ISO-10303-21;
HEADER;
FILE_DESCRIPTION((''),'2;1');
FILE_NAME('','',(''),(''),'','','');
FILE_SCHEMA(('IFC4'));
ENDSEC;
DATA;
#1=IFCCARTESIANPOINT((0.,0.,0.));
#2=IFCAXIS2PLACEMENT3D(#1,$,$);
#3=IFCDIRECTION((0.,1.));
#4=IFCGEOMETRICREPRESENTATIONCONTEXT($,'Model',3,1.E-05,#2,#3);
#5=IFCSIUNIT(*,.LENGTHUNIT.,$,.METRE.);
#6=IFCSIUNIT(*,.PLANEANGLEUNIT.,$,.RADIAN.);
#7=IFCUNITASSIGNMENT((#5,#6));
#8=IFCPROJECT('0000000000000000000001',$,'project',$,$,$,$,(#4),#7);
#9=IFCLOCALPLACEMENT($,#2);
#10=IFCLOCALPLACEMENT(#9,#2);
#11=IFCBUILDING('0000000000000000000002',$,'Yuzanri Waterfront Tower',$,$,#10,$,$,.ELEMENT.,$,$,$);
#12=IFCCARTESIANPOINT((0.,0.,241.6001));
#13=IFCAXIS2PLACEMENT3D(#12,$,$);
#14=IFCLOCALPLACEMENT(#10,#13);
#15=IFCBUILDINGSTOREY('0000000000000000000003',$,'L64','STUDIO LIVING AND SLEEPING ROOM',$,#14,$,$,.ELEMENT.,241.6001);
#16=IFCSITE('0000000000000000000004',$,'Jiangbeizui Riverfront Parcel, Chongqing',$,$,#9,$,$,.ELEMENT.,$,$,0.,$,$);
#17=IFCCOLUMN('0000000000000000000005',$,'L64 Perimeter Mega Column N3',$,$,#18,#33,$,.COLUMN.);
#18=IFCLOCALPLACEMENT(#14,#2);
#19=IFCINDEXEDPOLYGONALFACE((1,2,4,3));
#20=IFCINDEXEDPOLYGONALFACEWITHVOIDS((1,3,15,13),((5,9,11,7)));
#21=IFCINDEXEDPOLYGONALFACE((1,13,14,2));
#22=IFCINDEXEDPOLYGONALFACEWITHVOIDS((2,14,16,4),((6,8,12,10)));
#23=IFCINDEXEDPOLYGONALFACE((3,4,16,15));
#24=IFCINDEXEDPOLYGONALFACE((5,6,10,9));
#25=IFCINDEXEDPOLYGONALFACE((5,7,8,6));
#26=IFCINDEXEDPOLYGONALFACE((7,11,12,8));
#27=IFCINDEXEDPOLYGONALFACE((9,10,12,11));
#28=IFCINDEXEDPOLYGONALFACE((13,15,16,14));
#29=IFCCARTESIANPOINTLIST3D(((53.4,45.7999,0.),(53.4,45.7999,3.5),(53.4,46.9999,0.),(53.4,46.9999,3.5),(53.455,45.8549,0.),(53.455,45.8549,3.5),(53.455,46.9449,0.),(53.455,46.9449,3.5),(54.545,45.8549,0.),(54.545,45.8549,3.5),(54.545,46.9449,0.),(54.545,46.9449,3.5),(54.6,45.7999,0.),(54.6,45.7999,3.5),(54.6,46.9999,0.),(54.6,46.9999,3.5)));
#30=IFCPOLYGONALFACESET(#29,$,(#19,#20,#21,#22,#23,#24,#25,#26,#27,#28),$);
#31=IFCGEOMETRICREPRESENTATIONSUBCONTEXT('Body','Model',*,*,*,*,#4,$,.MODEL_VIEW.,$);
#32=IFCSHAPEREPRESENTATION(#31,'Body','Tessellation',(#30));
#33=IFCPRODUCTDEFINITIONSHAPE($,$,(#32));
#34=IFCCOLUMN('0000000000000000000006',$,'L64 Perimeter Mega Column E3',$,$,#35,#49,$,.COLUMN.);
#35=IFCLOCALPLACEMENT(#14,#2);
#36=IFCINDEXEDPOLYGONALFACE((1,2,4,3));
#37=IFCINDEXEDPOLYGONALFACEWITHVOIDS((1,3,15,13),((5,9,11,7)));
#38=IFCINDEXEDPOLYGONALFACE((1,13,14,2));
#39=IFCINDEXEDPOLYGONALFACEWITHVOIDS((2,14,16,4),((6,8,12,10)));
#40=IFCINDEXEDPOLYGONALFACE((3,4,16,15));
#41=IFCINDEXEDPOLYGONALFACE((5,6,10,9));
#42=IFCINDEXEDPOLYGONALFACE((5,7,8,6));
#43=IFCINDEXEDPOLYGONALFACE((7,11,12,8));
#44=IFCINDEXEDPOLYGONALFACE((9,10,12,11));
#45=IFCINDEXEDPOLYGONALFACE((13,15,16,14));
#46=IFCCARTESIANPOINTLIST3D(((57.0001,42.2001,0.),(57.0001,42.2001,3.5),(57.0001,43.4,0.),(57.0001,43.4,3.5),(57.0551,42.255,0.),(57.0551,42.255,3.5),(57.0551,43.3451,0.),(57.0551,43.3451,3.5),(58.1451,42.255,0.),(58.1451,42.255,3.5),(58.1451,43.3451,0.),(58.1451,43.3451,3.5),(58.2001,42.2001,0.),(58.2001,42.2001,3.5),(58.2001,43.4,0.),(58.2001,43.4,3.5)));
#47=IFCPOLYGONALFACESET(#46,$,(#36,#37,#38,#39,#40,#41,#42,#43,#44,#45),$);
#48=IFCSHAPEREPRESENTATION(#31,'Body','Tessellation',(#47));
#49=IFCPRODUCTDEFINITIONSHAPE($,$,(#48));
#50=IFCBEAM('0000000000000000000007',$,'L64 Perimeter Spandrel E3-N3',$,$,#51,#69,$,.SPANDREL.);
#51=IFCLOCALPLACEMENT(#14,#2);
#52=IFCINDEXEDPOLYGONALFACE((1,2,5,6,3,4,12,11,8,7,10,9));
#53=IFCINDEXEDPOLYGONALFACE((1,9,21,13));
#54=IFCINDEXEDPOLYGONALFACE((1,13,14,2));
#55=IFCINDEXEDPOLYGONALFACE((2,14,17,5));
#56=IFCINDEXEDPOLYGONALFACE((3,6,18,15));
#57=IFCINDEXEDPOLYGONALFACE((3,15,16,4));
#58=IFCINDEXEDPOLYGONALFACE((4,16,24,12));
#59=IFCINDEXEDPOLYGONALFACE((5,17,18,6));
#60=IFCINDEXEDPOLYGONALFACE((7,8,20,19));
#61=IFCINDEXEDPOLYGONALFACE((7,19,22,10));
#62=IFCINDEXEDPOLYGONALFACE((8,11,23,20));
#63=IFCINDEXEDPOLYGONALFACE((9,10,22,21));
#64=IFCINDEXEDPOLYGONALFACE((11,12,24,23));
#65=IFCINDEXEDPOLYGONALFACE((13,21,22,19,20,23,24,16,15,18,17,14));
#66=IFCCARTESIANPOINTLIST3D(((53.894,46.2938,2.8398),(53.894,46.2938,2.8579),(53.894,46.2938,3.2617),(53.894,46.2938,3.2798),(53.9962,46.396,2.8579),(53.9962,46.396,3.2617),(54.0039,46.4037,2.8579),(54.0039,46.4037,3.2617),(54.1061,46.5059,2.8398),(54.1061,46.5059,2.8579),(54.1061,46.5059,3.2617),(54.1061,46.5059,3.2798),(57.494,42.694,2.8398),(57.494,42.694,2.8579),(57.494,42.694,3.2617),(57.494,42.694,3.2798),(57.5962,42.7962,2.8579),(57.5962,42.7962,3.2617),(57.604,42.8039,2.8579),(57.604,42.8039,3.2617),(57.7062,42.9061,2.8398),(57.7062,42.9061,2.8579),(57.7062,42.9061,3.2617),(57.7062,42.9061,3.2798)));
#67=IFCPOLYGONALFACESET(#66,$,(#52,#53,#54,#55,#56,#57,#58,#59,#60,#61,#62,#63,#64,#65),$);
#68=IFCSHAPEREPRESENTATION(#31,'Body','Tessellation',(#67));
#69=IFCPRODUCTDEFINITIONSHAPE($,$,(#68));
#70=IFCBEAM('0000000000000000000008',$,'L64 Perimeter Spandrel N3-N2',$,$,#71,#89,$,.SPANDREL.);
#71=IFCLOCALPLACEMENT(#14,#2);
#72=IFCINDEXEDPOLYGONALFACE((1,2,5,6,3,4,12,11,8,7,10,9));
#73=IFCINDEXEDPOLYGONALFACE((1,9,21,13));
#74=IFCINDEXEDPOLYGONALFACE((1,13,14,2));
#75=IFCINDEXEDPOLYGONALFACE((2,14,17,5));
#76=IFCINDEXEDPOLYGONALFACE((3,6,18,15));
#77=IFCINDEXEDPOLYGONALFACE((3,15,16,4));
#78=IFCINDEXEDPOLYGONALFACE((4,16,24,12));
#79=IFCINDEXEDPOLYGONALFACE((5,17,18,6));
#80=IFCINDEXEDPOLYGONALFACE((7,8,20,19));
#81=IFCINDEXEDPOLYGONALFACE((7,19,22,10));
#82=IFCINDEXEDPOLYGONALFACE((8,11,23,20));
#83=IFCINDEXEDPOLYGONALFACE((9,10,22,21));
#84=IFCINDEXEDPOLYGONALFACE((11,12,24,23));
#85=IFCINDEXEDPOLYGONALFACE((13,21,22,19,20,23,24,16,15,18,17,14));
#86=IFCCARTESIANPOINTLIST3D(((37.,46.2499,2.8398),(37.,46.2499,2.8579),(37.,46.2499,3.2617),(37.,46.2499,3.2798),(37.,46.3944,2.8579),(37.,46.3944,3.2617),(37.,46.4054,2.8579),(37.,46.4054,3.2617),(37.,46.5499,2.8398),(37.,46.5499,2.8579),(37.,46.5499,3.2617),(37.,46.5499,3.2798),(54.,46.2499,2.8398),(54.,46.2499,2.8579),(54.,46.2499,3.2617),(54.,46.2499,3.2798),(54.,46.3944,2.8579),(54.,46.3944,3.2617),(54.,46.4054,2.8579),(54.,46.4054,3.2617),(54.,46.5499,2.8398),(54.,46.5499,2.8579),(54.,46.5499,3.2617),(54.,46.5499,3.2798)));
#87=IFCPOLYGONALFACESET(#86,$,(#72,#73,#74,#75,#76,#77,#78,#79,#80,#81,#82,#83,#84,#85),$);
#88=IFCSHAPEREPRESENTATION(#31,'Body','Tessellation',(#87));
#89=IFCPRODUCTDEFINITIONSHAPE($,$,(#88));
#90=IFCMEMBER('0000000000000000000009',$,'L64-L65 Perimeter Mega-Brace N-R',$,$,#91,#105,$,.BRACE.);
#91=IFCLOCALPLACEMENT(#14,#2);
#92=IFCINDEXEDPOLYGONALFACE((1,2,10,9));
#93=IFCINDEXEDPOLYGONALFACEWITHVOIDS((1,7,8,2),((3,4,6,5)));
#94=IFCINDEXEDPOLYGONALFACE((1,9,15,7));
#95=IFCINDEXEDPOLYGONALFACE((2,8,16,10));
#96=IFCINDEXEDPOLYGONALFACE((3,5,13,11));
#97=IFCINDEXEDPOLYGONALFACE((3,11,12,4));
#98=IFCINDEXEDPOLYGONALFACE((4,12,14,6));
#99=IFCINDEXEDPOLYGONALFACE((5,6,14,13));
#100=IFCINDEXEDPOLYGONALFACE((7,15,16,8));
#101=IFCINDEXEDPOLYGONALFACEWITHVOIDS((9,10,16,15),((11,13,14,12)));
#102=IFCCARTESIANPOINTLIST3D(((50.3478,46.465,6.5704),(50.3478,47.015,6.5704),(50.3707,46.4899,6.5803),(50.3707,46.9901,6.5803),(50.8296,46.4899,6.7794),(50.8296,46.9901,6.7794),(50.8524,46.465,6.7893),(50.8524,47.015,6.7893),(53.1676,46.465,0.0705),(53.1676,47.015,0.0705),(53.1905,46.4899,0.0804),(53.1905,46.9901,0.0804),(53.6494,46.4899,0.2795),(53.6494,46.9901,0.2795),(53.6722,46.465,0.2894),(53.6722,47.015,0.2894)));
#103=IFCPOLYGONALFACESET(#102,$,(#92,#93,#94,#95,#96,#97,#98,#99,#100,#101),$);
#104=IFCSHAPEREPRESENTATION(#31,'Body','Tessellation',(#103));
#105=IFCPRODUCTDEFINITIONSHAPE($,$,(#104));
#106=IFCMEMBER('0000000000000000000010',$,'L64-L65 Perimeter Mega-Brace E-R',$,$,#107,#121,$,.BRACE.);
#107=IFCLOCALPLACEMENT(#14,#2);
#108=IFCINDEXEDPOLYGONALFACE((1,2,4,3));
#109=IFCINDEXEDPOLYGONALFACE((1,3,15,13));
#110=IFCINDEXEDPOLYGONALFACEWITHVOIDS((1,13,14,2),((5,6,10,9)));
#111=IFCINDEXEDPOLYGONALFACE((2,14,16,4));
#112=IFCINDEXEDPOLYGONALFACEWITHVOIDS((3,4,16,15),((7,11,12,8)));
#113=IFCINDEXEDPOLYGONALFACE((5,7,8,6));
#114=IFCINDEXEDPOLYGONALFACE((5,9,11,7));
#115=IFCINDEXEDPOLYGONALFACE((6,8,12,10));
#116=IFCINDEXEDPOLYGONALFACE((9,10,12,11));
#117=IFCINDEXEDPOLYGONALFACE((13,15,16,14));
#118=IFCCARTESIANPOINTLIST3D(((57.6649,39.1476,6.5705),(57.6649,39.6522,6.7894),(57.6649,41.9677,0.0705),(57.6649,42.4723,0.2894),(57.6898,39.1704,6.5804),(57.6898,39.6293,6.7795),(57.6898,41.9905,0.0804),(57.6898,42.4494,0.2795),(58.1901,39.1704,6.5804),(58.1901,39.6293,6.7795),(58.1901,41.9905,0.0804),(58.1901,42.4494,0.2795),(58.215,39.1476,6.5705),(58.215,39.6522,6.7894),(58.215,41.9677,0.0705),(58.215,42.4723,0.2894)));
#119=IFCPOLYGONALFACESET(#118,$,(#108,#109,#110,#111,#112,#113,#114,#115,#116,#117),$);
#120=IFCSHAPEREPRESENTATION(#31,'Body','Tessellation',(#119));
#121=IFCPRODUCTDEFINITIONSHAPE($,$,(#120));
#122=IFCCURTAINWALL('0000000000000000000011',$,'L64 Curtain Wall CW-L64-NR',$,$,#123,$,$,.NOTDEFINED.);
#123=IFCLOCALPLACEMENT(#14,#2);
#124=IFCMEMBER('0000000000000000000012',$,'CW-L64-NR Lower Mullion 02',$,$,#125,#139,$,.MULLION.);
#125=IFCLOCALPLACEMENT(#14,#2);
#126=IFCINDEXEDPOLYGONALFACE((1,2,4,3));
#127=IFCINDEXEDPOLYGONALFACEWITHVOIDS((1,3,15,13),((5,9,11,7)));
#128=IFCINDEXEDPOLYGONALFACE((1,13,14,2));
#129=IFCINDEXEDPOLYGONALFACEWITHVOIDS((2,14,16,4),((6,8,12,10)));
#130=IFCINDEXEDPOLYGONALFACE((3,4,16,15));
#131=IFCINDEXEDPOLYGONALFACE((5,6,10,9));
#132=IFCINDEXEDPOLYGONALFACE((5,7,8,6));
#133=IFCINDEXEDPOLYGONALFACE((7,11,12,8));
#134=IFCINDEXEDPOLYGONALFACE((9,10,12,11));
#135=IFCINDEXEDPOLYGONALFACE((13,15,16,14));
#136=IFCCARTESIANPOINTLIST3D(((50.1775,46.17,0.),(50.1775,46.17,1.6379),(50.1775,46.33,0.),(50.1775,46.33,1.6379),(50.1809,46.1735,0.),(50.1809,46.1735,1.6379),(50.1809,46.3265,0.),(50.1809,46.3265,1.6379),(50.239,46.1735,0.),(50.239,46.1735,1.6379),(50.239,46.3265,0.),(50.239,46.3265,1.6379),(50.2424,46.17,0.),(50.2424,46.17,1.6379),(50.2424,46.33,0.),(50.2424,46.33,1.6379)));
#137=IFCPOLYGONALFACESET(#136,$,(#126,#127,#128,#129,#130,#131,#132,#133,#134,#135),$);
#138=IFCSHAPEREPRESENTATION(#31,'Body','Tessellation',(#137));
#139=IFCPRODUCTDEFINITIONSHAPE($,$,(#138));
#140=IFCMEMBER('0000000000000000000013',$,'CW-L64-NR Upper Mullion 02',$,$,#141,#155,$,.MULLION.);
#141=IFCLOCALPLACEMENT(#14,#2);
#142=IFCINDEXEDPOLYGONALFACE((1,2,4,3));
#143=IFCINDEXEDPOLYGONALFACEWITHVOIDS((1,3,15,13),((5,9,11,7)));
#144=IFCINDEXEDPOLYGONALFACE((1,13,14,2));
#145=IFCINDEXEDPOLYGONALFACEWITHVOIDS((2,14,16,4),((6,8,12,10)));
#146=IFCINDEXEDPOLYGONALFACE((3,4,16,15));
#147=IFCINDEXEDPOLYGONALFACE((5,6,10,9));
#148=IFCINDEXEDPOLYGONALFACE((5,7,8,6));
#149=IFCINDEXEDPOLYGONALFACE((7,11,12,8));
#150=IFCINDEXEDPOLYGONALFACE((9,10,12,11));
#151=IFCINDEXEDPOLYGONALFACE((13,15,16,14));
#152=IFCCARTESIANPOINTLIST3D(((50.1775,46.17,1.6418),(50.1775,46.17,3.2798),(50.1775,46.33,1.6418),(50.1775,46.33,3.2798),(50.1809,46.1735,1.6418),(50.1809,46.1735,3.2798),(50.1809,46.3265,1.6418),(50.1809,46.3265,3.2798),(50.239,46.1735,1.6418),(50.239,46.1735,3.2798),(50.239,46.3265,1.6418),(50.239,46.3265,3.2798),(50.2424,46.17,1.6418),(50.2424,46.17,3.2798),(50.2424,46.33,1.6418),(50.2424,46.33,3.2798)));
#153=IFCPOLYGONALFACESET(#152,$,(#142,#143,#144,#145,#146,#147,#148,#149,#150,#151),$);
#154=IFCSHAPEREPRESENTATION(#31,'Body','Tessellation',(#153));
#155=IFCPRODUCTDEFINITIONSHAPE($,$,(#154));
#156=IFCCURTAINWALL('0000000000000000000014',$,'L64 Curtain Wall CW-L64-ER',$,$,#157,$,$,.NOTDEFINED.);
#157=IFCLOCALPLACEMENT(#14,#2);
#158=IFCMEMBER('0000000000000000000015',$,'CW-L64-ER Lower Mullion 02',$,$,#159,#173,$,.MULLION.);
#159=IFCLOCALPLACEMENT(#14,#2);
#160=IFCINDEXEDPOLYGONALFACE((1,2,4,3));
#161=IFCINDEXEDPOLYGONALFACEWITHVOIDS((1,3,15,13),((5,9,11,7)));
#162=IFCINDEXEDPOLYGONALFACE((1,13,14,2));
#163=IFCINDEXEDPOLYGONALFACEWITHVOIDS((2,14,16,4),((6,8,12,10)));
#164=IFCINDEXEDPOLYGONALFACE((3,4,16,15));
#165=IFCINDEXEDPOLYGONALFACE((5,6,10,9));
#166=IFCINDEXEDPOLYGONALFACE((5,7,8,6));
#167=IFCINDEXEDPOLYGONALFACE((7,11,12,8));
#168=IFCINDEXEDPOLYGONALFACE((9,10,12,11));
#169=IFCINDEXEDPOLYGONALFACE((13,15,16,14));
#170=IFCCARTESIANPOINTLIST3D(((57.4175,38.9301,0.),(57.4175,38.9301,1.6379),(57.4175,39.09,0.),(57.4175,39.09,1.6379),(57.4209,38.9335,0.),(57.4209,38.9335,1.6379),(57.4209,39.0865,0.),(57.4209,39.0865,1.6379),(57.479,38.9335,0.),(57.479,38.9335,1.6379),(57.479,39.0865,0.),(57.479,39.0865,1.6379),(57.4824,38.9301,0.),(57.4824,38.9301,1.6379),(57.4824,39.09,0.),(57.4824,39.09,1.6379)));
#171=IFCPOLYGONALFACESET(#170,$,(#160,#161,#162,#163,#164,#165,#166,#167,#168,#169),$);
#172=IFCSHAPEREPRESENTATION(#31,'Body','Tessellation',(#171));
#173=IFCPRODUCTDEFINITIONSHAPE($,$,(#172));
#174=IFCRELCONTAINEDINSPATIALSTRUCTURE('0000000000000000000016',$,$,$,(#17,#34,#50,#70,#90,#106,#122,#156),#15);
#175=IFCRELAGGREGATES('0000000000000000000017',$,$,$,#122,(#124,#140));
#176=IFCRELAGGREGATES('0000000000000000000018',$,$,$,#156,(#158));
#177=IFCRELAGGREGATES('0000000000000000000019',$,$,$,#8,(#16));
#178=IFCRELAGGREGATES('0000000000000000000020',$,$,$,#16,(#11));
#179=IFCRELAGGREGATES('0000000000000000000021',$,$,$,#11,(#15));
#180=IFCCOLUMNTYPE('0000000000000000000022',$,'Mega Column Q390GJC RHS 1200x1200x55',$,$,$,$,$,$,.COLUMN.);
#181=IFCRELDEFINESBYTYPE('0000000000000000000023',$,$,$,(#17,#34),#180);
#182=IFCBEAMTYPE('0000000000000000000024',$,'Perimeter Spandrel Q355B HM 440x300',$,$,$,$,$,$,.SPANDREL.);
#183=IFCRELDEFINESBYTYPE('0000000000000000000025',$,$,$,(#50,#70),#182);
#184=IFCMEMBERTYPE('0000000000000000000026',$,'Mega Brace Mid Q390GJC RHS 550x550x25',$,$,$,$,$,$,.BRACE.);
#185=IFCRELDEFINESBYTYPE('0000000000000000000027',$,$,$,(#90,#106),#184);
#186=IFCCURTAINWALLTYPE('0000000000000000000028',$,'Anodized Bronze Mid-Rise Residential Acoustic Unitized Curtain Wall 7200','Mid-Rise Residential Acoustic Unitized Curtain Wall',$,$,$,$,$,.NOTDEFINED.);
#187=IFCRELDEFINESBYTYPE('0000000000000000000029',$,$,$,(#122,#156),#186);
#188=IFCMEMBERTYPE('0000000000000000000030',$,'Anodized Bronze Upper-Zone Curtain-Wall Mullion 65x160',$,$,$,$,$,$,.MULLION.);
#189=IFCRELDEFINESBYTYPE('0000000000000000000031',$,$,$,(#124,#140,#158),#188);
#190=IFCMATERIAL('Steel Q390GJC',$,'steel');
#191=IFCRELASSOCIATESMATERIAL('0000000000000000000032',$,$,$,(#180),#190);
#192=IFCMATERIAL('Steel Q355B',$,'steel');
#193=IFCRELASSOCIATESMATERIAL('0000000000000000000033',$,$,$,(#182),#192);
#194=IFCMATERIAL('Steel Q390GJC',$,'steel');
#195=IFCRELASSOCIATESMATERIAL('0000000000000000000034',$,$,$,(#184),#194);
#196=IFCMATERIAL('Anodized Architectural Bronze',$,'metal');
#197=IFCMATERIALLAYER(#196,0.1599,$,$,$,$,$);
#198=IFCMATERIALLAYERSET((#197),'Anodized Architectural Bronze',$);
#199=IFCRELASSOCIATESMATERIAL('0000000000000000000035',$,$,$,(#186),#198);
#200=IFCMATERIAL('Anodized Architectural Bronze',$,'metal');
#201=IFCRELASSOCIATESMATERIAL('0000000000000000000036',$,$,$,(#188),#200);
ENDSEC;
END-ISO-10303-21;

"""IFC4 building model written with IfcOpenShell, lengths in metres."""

from ifc_helpers import new_model, si_unit, direction, frame, origin, origin_2d, place, context, subcontext, project, spatial, hollow_rectangle, i_section, extrude, source, transform, mapped, material, layer, layer_set, material_profile, profile_set, type_object, element, aggregate, save


model = new_model("IFC4")

# Units and contexts
model_context = context("Model", 3, precision=1e-05, world=origin(), true_north=direction((0.0, 1.0)))
body_context = subcontext(model_context, "Body", "Model", "MODEL_VIEW")
ifc_project = project(units=[si_unit("LENGTHUNIT", "METRE"), si_unit("PLANEANGLEUNIT", "RADIAN")], contexts=[model_context])

# Site, building, storey
site_placement = place(None, origin())
site = spatial("IfcSite", under=ifc_project, at=site_placement, Name="Jiangbeizui Riverfront Parcel, Chongqing", CompositionType="ELEMENT", RefElevation=0.0)
building_placement = place(site_placement, origin())
building = spatial("IfcBuilding", under=site, at=building_placement, Name="Yuzanri Waterfront Tower", CompositionType="ELEMENT")
storey_placement = place(building_placement, frame((0.0, 0.0, 241.6001)))
storey = spatial("IfcBuildingStorey", under=building, at=storey_placement, Name="L64", Description="STUDIO LIVING AND SLEEPING ROOM", CompositionType="ELEMENT", Elevation=241.6001)

# Columns
ifc_material_1 = material(Name="Steel Q390GJC", Category="steel")
ifc_material_profile_1 = material_profile(ifc_material_1, hollow_rectangle(XDim=1.2, YDim=1.2, WallThickness=0.0549, at=origin_2d()), Name="RHS 1200x1200x55")
ifc_profile_set_1 = profile_set([ifc_material_profile_1], Name="Steel Q390GJC")
column_type = type_object("IfcColumnType", Name="Mega Column Q390GJC RHS 1200x1200x55", PredefinedType="COLUMN", material=ifc_profile_set_1)
shared_shape_1 = source(origin(), body_context, "Body", "SweptSolid", [
    extrude(hollow_rectangle(XDim=1.2, YDim=1.2, WallThickness=0.0549, at=origin_2d()), origin(), (0.0, 0.0, 1.0), 3.5),
])
for number, where, z_axis, x_axis, name in (
    (1, (54.0, 46.3999, 0.0), (0.0, 0.0, 1.0), (1.0, 0.0, 0.0), "L64 Perimeter Mega Column N3"),
    (2, (57.6001, 42.8, 0.0), (0.0, 0.0, 1.0), (1.0, 0.0, 0.0), "L64 Perimeter Mega Column E3"),
):
    element("IfcColumn", number, at=place(storey_placement, frame(where, z_axis=z_axis, x_axis=x_axis)), inside=storey, type_object=column_type, Name=name, PredefinedType="COLUMN", context=body_context, shape_type="MappedRepresentation", body=[
        mapped(shared_shape_1, transform((0.0, 0.0, 0.0), scale=1.0)),
    ])

# Beams
ifc_material_2 = material(Name="Steel Q355B", Category="steel")
ifc_material_profile_2 = material_profile(ifc_material_2, i_section(OverallWidth=0.3, OverallDepth=0.4399, WebThickness=0.011, FlangeThickness=0.0181, at=origin_2d()), Name="HM 440x300x11x18")
ifc_profile_set_2 = profile_set([ifc_material_profile_2], Name="Steel Q355B")
beam_type = type_object("IfcBeamType", Name="Perimeter Spandrel Q355B HM 440x300", PredefinedType="SPANDREL", material=ifc_profile_set_2)
shared_shape_2 = source(origin(), body_context, "Body", "SweptSolid", [
    extrude(i_section(OverallWidth=0.3, OverallDepth=0.4399, WebThickness=0.011, FlangeThickness=0.0181, at=origin_2d()), origin(), (0.0, 0.0, 1.0), 5.0911),
])
beam_1_placement = place(storey_placement, frame((57.6001, 42.8, 3.0598), z_axis=(-0.707131, 0.707083, 0.0), x_axis=(-0.707083, -0.707131, 0.0)))
element("IfcBeam", 3, at=beam_1_placement, inside=storey, type_object=beam_type, Name="L64 Perimeter Spandrel E3-N3", PredefinedType="SPANDREL", context=body_context, shape_type="MappedRepresentation", body=[
    mapped(shared_shape_2, transform((0.0, 0.0, 0.0), scale=1.0)),
])
shared_shape_3 = source(origin(), body_context, "Body", "SweptSolid", [
    extrude(i_section(OverallWidth=0.3, OverallDepth=0.4399, WebThickness=0.011, FlangeThickness=0.0181, at=origin_2d()), origin(), (0.0, 0.0, 1.0), 17.0),
])
beam_2_placement = place(storey_placement, frame((54.0, 46.3999, 3.0598), z_axis=(-1.0, 0.0, 0.0), x_axis=(0.0, -1.0, 0.0)))
element("IfcBeam", 4, at=beam_2_placement, inside=storey, type_object=beam_type, Name="L64 Perimeter Spandrel N3-N2", PredefinedType="SPANDREL", context=body_context, shape_type="MappedRepresentation", body=[
    mapped(shared_shape_3, transform((0.0, 0.0, 0.0), scale=1.0)),
])

# Members
ifc_material_3 = material(Name="Steel Q390GJC", Category="steel")
ifc_material_profile_3 = material_profile(ifc_material_3, hollow_rectangle(XDim=0.55, YDim=0.55, WallThickness=0.0249, at=origin_2d()), Name="RHS 550x550x25")
ifc_profile_set_3 = profile_set([ifc_material_profile_3], Name="Steel Q390GJC")
member_type_1 = type_object("IfcMemberType", Name="Mega Brace Mid Q390GJC RHS 550x550x25", PredefinedType="BRACE", material=ifc_profile_set_3)
shared_shape_4 = source(origin(), body_context, "Body", "SweptSolid", [
    extrude(hollow_rectangle(XDim=0.55, YDim=0.55, WallThickness=0.0249, at=origin_2d()), origin(), (0.0, 0.0, 1.0), 7.0852),
])
member_1_placement = place(storey_placement, frame((53.4199, 46.74, 0.1799), z_axis=(-0.397983, 0.0, 0.917393), x_axis=(0.0, -1.0, 0.0)))
element("IfcMember", 5, at=member_1_placement, inside=storey, type_object=member_type_1, Name="L64-L65 Perimeter Mega-Brace N-R", PredefinedType="BRACE", context=body_context, shape_type="MappedRepresentation", body=[
    mapped(shared_shape_4, transform((0.0, 0.0, 0.0), scale=1.0)),
])
shared_shape_5 = source(origin(), body_context, "Body", "SweptSolid", [
    extrude(hollow_rectangle(XDim=0.55, YDim=0.55, WallThickness=0.0249, at=origin_2d()), origin(), (0.0, 0.0, 1.0), 7.0854),
])
member_2_placement = place(storey_placement, frame((57.9399, 42.22, 0.1799), z_axis=(0.0, -0.398012, 0.91738), x_axis=(1.0, 0.0, 0.0)))
element("IfcMember", 6, at=member_2_placement, inside=storey, type_object=member_type_1, Name="L64-L65 Perimeter Mega-Brace E-R", PredefinedType="BRACE", context=body_context, shape_type="MappedRepresentation", body=[
    mapped(shared_shape_5, transform((0.0, 0.0, 0.0), scale=1.0)),
])

# Curtain walls, members
ifc_material_4 = material(Name="Anodized Architectural Bronze", Category="metal")
ifc_layer_1 = layer(ifc_material_4, 0.1599)
ifc_layer_set_1 = layer_set([ifc_layer_1], Name="Anodized Architectural Bronze")
curtain_wall_type = type_object("IfcCurtainWallType", Name="Anodized Bronze Mid-Rise Residential Acoustic Unitized Curtain Wall 7200", Description="Mid-Rise Residential Acoustic Unitized Curtain Wall", PredefinedType="NOTDEFINED", material=ifc_layer_set_1)
curtain_wall_1_placement = place(storey_placement, origin())
curtain_wall_1 = element("IfcCurtainWall", 7, at=curtain_wall_1_placement, inside=storey, type_object=curtain_wall_type, Name="L64 Curtain Wall CW-L64-NR", PredefinedType="NOTDEFINED")
ifc_material_5 = material(Name="Anodized Architectural Bronze", Category="metal")
ifc_material_profile_4 = material_profile(ifc_material_5, hollow_rectangle(XDim=0.0649, YDim=0.1599, WallThickness=0.0034, at=origin_2d()), Name="CWM 65x160")
ifc_profile_set_4 = profile_set([ifc_material_profile_4], Name="Anodized Architectural Bronze")
member_type_2 = type_object("IfcMemberType", Name="Anodized Bronze Upper-Zone Curtain-Wall Mullion 65x160", PredefinedType="MULLION", material=ifc_profile_set_4)
shared_shape_6 = source(origin(), body_context, "Body", "SweptSolid", [
    extrude(hollow_rectangle(XDim=0.0649, YDim=0.1599, WallThickness=0.0034, at=origin_2d()), origin(), (0.0, 0.0, 1.0), 1.6379),
])
member_3_placement = place(storey_placement, frame((50.21, 46.25, 0.0), z_axis=(0.0, 0.0, 1.0), x_axis=(1.0, 0.0, 0.0)))
member_3 = element("IfcMember", 8, at=member_3_placement, type_object=member_type_2, Name="CW-L64-NR Lower Mullion 02", PredefinedType="MULLION", context=body_context, shape_type="MappedRepresentation", body=[
    mapped(shared_shape_6, transform((0.0, 0.0, 0.0), scale=1.0)),
])
member_4_placement = place(storey_placement, frame((50.21, 46.25, 1.6418), z_axis=(0.0, 0.0, 1.0), x_axis=(1.0, 0.0, 0.0)))
member_4 = element("IfcMember", 9, at=member_4_placement, type_object=member_type_2, Name="CW-L64-NR Upper Mullion 02", PredefinedType="MULLION", context=body_context, shape_type="MappedRepresentation", body=[
    mapped(shared_shape_6, transform((0.0, 0.0, 0.0), scale=1.0)),
])
aggregate(curtain_wall_1, [member_3, member_4])
curtain_wall_2_placement = place(storey_placement, origin())
curtain_wall_2 = element("IfcCurtainWall", 10, at=curtain_wall_2_placement, inside=storey, type_object=curtain_wall_type, Name="L64 Curtain Wall CW-L64-ER", PredefinedType="NOTDEFINED")
member_5_placement = place(storey_placement, frame((57.45, 39.01, 0.0), z_axis=(0.0, 0.0, 1.0), x_axis=(1.0, 0.0, 0.0)))
member_5 = element("IfcMember", 11, at=member_5_placement, type_object=member_type_2, Name="CW-L64-ER Lower Mullion 02", PredefinedType="MULLION", context=body_context, shape_type="MappedRepresentation", body=[
    mapped(shared_shape_6, transform((0.0, 0.0, 0.0), scale=1.0)),
])

aggregate(curtain_wall_2, [member_5])

save(model, "model.ifc")
